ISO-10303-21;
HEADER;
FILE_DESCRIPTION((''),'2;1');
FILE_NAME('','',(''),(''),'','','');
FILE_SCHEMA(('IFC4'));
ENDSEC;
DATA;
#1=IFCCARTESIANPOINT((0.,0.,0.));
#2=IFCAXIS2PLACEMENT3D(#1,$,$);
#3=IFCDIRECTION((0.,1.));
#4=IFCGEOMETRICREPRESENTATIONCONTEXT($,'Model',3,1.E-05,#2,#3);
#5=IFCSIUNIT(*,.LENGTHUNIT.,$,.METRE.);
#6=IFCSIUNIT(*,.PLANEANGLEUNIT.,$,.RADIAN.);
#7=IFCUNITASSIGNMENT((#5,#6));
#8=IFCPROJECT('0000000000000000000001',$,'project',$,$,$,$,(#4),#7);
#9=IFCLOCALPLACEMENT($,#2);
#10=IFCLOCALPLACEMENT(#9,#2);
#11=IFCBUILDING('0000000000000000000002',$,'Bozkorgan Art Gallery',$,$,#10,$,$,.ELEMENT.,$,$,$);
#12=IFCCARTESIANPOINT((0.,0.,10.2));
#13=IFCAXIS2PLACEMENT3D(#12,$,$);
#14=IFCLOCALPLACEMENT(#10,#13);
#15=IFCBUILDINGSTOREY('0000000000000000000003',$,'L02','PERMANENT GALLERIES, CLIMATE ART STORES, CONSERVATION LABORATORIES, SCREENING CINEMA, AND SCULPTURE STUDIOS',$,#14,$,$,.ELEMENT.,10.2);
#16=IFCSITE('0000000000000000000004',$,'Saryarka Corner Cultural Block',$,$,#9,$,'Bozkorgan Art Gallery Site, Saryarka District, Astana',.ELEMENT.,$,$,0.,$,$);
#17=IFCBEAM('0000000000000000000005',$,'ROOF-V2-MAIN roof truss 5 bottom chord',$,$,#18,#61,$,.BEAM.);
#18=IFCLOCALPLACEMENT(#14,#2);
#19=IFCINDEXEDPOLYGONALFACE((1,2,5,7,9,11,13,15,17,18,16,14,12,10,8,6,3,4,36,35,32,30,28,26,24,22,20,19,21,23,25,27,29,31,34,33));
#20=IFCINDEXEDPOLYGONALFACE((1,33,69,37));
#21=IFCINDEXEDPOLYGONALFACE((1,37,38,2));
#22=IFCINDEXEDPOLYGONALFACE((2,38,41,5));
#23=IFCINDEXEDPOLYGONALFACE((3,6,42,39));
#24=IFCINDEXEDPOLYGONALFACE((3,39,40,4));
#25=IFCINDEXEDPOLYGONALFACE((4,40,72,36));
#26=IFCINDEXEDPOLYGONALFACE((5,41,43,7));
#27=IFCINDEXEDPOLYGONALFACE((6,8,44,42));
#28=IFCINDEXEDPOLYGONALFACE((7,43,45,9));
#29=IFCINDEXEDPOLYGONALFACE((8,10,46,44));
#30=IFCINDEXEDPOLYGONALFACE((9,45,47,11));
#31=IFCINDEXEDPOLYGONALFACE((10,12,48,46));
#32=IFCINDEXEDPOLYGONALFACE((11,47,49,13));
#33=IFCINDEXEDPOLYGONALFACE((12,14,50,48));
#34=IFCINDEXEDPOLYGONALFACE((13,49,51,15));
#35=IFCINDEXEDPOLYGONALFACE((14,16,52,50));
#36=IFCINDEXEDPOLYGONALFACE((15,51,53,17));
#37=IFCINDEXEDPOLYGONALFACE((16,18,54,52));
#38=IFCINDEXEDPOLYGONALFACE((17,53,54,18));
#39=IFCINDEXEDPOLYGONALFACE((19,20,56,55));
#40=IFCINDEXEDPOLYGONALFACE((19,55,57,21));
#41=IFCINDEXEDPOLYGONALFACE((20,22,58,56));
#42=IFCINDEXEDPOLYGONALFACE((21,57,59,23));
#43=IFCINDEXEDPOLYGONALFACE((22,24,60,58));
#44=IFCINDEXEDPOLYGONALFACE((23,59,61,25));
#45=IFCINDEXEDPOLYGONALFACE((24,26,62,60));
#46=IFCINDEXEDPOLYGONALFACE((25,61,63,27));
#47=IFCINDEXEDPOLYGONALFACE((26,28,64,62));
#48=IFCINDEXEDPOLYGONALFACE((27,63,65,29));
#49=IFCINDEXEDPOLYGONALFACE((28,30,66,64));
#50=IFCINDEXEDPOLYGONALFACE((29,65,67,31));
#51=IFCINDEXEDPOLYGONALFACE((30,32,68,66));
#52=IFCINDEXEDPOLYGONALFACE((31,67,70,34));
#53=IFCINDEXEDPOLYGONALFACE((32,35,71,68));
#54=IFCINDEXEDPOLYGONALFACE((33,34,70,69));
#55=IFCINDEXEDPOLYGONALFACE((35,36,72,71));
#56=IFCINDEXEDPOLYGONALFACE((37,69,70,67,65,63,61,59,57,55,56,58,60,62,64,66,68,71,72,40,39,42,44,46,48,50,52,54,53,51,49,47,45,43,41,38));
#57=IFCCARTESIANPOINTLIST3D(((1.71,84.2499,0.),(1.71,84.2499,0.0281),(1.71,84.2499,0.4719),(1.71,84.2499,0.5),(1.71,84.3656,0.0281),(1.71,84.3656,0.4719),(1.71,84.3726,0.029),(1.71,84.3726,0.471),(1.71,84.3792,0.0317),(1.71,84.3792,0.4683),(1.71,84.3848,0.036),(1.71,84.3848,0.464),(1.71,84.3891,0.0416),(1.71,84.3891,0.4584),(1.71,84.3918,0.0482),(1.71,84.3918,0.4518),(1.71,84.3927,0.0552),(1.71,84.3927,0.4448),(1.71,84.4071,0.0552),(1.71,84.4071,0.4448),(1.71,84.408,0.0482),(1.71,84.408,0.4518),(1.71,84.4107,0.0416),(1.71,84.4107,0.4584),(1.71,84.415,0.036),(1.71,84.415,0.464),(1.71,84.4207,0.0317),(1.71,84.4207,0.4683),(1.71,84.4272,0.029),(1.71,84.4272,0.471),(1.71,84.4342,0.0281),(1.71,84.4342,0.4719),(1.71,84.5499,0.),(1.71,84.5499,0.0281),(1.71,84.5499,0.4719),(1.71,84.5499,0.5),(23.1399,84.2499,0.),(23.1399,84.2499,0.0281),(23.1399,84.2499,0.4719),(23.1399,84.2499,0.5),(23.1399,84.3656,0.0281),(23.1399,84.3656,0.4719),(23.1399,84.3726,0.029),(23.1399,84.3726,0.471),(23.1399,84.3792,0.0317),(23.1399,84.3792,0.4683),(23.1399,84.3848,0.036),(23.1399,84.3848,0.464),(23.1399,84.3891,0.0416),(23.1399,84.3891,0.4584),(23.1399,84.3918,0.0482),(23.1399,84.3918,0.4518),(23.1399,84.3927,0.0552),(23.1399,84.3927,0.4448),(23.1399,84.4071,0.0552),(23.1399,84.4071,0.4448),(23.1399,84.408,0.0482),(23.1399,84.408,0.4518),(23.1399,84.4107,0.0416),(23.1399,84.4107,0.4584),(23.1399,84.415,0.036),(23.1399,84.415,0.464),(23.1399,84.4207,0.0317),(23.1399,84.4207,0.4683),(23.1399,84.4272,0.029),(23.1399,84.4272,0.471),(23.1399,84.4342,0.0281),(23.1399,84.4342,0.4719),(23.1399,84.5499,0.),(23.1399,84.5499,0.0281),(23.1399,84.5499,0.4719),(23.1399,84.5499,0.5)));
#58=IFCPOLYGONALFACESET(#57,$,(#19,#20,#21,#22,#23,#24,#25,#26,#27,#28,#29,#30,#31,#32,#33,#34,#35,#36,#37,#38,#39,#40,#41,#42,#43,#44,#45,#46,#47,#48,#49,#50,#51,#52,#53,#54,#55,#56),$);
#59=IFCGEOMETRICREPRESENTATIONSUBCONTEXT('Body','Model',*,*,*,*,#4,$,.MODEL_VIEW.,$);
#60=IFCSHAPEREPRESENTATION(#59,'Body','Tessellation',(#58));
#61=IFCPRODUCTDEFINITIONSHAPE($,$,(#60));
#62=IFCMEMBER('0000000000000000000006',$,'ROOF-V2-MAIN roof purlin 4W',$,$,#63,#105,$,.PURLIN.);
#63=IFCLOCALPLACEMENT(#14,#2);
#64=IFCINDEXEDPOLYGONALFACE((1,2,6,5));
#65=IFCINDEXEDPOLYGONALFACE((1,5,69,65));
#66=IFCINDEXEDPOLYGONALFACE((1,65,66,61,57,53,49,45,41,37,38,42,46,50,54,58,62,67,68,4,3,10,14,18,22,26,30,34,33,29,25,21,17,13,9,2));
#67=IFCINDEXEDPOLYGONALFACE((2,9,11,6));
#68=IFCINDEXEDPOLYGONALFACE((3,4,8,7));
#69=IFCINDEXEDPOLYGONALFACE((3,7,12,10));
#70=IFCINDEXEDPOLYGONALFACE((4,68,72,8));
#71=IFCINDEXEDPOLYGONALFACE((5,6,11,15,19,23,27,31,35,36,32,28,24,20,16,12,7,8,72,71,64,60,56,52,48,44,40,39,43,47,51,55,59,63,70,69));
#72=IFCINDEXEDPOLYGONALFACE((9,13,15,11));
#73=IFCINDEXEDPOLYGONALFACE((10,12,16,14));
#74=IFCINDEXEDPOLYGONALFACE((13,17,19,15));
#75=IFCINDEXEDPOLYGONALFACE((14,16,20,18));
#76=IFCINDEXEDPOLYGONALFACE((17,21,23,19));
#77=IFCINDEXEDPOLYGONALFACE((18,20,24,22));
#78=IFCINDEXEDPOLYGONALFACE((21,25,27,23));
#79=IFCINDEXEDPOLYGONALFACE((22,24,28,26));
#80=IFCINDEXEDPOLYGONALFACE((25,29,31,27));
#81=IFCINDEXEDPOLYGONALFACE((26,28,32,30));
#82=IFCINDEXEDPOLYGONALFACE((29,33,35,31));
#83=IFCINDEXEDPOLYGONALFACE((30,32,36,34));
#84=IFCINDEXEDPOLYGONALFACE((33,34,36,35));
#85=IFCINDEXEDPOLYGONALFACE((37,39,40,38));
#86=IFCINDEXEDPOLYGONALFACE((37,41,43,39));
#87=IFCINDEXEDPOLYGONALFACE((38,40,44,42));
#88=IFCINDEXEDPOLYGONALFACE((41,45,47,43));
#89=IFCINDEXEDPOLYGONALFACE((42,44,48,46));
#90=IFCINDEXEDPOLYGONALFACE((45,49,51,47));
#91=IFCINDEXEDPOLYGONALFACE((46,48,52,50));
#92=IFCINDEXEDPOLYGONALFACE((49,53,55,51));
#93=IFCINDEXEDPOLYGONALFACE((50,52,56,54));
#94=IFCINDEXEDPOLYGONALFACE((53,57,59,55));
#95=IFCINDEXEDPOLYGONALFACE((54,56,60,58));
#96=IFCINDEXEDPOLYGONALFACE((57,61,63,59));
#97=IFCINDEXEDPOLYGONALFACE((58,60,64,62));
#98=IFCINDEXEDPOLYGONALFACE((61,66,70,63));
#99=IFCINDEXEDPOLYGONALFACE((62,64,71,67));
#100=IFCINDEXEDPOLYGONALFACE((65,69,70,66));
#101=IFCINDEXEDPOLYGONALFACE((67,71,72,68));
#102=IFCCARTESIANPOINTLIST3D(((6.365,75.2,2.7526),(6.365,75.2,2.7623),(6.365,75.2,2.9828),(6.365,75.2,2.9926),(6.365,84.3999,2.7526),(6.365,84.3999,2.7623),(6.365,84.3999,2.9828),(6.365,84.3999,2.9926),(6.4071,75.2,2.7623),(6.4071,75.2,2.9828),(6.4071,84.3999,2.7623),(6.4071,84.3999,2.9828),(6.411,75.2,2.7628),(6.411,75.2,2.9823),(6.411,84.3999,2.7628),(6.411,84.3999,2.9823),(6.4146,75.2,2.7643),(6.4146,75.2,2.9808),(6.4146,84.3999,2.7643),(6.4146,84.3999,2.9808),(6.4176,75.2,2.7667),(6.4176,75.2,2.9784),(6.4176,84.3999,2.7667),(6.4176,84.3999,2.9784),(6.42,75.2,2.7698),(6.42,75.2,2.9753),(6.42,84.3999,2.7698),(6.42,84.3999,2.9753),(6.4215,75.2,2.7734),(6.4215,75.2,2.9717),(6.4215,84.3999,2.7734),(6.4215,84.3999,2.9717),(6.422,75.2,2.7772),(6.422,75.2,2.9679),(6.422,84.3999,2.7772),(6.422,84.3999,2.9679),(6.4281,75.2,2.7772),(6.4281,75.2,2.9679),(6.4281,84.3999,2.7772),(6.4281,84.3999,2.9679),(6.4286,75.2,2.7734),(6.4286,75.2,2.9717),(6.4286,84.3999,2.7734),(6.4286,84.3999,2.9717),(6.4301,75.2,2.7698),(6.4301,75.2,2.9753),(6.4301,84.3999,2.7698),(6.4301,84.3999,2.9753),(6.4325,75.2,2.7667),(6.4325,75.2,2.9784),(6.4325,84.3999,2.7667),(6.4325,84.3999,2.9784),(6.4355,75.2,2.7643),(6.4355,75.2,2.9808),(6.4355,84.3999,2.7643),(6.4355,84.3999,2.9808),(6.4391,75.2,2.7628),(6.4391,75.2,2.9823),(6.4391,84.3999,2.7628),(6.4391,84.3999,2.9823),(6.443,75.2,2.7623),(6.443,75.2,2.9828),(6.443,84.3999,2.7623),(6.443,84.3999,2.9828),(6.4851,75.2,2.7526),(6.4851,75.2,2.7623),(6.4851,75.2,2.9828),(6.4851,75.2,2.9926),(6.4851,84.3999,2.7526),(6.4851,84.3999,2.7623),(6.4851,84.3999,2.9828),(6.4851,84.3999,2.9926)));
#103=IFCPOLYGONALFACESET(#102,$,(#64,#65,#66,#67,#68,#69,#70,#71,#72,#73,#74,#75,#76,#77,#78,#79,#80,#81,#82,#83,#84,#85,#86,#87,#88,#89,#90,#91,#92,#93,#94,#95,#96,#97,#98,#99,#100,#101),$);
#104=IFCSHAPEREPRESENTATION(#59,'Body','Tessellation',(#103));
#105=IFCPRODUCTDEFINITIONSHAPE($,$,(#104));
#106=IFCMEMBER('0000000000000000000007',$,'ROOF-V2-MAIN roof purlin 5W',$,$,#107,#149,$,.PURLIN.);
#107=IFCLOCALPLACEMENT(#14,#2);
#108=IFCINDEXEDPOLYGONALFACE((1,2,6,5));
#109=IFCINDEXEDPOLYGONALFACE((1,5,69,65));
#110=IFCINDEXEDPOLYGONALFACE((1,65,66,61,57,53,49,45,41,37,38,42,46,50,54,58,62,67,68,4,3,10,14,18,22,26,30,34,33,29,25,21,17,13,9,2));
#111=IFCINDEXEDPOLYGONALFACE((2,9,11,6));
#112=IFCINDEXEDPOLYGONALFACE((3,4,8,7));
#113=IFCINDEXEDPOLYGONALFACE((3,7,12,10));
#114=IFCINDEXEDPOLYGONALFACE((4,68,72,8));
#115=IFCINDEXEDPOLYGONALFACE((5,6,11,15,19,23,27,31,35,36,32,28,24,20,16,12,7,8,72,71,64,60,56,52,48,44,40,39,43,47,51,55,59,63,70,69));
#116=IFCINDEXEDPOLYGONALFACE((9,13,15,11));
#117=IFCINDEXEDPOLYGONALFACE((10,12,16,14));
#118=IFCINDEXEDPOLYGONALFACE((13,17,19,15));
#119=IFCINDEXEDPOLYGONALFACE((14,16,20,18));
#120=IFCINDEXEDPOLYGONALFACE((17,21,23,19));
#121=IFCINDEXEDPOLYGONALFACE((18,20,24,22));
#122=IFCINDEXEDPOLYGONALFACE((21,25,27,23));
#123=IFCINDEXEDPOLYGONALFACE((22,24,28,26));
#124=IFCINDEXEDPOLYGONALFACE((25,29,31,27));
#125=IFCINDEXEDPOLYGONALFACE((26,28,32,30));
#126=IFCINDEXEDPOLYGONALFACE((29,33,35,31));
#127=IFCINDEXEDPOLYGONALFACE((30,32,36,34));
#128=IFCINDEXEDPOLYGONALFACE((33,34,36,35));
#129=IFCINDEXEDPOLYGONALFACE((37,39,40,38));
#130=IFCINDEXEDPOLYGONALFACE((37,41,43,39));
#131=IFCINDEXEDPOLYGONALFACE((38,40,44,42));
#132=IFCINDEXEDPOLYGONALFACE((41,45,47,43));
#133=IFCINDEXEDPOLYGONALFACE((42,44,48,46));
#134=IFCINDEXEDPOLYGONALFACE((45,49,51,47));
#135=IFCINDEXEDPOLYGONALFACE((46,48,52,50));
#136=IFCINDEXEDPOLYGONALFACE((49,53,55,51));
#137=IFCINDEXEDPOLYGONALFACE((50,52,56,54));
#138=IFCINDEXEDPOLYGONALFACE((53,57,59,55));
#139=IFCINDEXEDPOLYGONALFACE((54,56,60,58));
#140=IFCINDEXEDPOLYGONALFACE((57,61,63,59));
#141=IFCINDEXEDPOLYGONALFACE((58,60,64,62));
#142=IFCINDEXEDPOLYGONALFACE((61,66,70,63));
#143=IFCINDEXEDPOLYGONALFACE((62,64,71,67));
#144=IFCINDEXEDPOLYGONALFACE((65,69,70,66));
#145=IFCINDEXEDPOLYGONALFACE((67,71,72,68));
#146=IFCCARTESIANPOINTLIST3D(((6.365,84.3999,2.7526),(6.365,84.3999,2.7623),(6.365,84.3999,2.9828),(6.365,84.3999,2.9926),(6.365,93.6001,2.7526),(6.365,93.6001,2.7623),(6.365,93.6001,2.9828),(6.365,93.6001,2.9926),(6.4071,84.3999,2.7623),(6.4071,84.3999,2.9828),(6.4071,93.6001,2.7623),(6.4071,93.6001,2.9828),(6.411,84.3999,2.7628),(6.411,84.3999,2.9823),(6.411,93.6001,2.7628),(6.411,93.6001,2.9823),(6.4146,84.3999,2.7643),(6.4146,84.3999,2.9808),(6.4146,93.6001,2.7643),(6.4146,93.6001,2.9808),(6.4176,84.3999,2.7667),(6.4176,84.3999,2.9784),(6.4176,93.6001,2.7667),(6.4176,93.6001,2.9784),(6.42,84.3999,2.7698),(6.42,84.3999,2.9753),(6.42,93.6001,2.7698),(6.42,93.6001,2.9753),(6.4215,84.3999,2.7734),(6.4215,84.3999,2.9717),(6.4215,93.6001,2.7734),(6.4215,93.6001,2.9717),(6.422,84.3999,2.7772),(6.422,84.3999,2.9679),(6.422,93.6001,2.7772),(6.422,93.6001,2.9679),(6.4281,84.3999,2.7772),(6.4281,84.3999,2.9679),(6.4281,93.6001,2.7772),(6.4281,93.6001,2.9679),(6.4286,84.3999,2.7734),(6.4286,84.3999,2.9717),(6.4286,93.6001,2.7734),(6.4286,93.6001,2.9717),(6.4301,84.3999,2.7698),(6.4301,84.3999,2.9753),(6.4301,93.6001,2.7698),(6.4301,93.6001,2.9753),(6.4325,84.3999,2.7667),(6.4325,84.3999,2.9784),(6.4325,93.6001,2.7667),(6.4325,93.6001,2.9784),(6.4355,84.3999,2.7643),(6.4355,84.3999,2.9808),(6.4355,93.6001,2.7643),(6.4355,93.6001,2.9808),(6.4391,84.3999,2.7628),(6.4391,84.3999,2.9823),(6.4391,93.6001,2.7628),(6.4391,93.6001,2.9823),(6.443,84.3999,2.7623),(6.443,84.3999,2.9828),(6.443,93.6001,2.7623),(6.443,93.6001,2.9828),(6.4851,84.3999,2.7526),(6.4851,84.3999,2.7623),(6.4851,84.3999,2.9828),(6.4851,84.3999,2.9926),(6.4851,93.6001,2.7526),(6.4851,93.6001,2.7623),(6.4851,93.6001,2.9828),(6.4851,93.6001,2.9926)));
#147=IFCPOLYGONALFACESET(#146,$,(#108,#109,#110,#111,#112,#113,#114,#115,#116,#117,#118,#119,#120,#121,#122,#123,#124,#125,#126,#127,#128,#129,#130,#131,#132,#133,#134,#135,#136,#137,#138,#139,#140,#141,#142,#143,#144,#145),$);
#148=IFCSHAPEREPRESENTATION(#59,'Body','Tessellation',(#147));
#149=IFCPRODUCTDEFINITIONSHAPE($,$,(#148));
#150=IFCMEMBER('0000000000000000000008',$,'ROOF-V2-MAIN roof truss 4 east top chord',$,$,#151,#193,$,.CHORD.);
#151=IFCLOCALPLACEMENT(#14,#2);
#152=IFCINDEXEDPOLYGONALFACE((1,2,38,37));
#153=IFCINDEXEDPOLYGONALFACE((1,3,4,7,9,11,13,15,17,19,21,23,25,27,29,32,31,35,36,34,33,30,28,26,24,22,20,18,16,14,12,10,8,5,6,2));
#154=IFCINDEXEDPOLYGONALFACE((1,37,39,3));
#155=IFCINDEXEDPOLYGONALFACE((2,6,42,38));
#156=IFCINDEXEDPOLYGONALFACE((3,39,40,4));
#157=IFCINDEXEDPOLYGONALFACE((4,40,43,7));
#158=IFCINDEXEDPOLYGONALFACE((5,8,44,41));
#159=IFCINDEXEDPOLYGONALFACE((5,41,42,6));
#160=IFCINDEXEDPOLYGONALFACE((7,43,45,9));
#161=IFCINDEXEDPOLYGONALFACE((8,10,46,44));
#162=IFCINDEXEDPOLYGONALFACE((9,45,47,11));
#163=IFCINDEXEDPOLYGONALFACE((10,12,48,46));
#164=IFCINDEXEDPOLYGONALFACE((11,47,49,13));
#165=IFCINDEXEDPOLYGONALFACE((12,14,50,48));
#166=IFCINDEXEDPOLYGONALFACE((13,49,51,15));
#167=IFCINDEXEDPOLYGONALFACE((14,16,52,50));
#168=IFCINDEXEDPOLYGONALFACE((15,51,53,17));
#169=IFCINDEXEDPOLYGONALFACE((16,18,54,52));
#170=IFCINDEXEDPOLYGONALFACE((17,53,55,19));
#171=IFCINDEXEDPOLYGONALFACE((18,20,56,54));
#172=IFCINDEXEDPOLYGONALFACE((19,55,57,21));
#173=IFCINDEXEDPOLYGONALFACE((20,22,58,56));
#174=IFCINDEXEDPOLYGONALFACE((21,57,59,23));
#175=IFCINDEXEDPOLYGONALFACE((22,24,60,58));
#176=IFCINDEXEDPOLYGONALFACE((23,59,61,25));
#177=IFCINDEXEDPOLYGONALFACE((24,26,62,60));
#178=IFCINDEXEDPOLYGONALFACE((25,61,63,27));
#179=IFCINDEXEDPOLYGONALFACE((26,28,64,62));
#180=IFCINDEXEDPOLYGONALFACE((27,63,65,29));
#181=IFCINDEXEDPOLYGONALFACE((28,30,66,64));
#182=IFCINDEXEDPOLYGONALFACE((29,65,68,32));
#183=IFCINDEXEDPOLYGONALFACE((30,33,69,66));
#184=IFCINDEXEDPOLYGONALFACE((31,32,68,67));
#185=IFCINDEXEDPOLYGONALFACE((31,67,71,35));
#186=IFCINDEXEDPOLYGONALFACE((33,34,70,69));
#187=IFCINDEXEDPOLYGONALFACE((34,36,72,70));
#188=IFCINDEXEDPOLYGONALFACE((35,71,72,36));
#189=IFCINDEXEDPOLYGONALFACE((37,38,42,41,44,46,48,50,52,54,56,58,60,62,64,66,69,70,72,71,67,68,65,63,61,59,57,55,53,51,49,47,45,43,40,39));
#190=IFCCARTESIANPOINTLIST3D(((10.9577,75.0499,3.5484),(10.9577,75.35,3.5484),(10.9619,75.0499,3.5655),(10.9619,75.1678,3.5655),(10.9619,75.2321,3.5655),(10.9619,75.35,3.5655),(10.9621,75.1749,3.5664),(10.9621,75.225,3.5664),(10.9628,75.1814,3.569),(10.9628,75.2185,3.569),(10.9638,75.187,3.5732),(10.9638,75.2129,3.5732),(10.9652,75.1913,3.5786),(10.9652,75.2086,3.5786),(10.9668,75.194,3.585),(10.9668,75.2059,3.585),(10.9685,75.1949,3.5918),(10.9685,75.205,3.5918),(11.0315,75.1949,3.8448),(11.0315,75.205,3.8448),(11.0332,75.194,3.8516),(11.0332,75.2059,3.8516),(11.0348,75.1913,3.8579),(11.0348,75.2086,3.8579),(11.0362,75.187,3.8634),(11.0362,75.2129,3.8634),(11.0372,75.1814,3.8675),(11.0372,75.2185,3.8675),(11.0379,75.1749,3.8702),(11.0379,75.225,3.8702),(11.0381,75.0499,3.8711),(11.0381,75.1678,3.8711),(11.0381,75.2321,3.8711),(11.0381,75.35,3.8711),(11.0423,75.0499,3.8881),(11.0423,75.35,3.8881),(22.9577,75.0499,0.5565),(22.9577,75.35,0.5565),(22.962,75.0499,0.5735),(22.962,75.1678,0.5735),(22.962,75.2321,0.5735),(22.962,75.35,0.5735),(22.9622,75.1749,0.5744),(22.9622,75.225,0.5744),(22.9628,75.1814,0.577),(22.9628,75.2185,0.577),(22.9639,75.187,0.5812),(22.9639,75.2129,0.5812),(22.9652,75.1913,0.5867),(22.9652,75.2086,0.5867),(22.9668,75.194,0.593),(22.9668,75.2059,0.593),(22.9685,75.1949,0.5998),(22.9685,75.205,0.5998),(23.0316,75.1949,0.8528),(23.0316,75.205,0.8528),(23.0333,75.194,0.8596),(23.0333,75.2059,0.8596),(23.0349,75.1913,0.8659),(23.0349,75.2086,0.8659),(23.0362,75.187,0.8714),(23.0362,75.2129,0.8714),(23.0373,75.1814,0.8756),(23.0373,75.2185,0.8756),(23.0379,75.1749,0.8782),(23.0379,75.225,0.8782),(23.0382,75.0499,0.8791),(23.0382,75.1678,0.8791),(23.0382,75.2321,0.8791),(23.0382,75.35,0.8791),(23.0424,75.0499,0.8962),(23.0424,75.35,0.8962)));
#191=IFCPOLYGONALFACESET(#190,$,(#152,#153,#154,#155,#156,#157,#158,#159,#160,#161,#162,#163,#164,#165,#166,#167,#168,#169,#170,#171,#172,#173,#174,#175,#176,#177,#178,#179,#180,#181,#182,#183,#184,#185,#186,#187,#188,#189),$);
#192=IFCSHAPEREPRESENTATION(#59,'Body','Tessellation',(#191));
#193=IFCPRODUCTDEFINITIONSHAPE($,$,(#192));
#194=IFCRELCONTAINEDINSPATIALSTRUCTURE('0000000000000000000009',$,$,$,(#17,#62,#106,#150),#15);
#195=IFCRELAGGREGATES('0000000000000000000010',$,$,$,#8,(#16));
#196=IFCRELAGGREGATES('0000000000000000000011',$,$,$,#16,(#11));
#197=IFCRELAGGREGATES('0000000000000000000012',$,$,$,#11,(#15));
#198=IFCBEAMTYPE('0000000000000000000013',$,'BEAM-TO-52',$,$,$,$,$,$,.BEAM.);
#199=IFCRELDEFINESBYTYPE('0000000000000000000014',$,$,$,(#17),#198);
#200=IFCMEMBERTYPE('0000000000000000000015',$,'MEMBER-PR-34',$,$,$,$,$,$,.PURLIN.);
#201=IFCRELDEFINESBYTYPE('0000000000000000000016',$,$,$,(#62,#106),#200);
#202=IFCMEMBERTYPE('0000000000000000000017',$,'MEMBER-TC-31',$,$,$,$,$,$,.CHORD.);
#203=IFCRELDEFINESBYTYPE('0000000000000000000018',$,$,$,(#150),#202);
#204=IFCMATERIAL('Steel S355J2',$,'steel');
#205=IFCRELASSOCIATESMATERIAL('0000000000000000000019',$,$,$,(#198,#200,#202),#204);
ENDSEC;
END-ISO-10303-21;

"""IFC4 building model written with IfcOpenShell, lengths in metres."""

from ifc_helpers import new_model, si_unit, direction, frame, origin, origin_2d, place, context, subcontext, project, spatial, i_section, extrude, material, material_profile, profile_set, type_object, element, save


model = new_model("IFC4")

# Units and contexts
model_context = context("Model", 3, precision=1e-05, world=origin(), true_north=direction((0.0, 1.0)))
body_context = subcontext(model_context, "Body", "Model", "MODEL_VIEW")
ifc_project = project(units=[si_unit("LENGTHUNIT", "METRE"), si_unit("PLANEANGLEUNIT", "RADIAN")], contexts=[model_context])

# Site, building, storey
site_placement = place(None, origin())
site = spatial("IfcSite", under=ifc_project, at=site_placement, Name="Saryarka Corner Cultural Block", LongName="Bozkorgan Art Gallery Site, Saryarka District, Astana", CompositionType="ELEMENT", RefElevation=0.0)
building_placement = place(site_placement, origin())
building = spatial("IfcBuilding", under=site, at=building_placement, Name="Bozkorgan Art Gallery", CompositionType="ELEMENT")
storey_placement = place(building_placement, frame((0.0, 0.0, 10.2)))
storey = spatial("IfcBuildingStorey", under=building, at=storey_placement, Name="L02", Description="PERMANENT GALLERIES, CLIMATE ART STORES, CONSERVATION LABORATORIES, SCREENING CINEMA, AND SCULPTURE STUDIOS", CompositionType="ELEMENT", Elevation=10.2)

# Beam
ifc_material_1 = material(Name="Steel S355J2", Category="steel")
ifc_material_profile_1 = material_profile(ifc_material_1, i_section(OverallWidth=0.3, OverallDepth=0.5, WebThickness=0.0144, FlangeThickness=0.0281, FilletRadius=0.0271, at=origin_2d()), Name="HEB 500")
ifc_profile_set_1 = profile_set([ifc_material_profile_1], Name="Steel S355J2")
beam_type = type_object("IfcBeamType", Name="BEAM-TO-52", PredefinedType="BEAM", material=ifc_profile_set_1)
beam_placement = place(storey_placement, frame((1.71, 84.3999, 0.25), z_axis=(1.0, 0.0, 0.0), x_axis=(0.0, 1.0, 0.0)))
element("IfcBeam", 1, at=beam_placement, inside=storey, type_object=beam_type, Name="ROOF-V2-MAIN roof truss 5 bottom chord", PredefinedType="BEAM", context=body_context, shape_type="SweptSolid", body=[
    extrude(i_section(OverallWidth=0.3, OverallDepth=0.5, WebThickness=0.0144, FlangeThickness=0.0281, FilletRadius=0.0271, at=origin_2d()), origin(), (0.0, 0.0, 1.0), 21.4299),
])

# Members
ifc_material_profile_2 = material_profile(ifc_material_1, i_section(OverallWidth=0.1201, OverallDepth=0.24, WebThickness=0.0061, FlangeThickness=0.0098, FilletRadius=0.0149, at=origin_2d()), Name="IPE 240")
ifc_profile_set_2 = profile_set([ifc_material_profile_2], Name="Steel S355J2")
member_type_1 = type_object("IfcMemberType", Name="MEMBER-PR-34", PredefinedType="PURLIN", material=ifc_profile_set_2)
member_1_placement = place(storey_placement, frame((6.425, 75.2, 2.8726), z_axis=(0.0, 1.0, 0.0), x_axis=(-1.0, 0.0, 0.0)))
element("IfcMember", 2, at=member_1_placement, inside=storey, type_object=member_type_1, Name="ROOF-V2-MAIN roof purlin 4W", PredefinedType="PURLIN", context=body_context, shape_type="SweptSolid", body=[
    extrude(i_section(OverallWidth=0.1201, OverallDepth=0.24, WebThickness=0.0061, FlangeThickness=0.0098, FilletRadius=0.0149, at=origin_2d()), origin(), (0.0, 0.0, 1.0), 9.2),
])
member_2_placement = place(storey_placement, frame((6.425, 84.3999, 2.8726), z_axis=(0.0, 1.0, 0.0), x_axis=(-1.0, 0.0, 0.0)))
element("IfcMember", 3, at=member_2_placement, inside=storey, type_object=member_type_1, Name="ROOF-V2-MAIN roof purlin 5W", PredefinedType="PURLIN", context=body_context, shape_type="SweptSolid", body=[
    extrude(i_section(OverallWidth=0.1201, OverallDepth=0.24, WebThickness=0.0061, FlangeThickness=0.0098, FilletRadius=0.0149, at=origin_2d()), origin(), (0.0, 0.0, 1.0), 9.2002),
])
ifc_material_profile_3 = material_profile(ifc_material_1, i_section(OverallWidth=0.3, OverallDepth=0.3501, WebThickness=0.01, FlangeThickness=0.0176, FilletRadius=0.0271, at=origin_2d()), Name="HEA 360")
ifc_profile_set_3 = profile_set([ifc_material_profile_3], Name="Steel S355J2")
member_type_2 = type_object("IfcMemberType", Name="MEMBER-TC-31", PredefinedType="CHORD", material=ifc_profile_set_3)
member_3_placement = place(storey_placement, frame((11.0, 75.2, 3.7183), z_axis=(0.970296, 0.0, -0.241922), x_axis=(0.0, 1.0, 0.0)))
element("IfcMember", 4, at=member_3_placement, inside=storey, type_object=member_type_2, Name="ROOF-V2-MAIN roof truss 4 east top chord", PredefinedType="CHORD", context=body_context, shape_type="SweptSolid", body=[
    extrude(i_section(OverallWidth=0.3, OverallDepth=0.3501, WebThickness=0.01, FlangeThickness=0.0176, FilletRadius=0.0271, at=origin_2d()), origin(), (0.0, 0.0, 1.0), 12.3674),
])

save(model, "model.ifc")
